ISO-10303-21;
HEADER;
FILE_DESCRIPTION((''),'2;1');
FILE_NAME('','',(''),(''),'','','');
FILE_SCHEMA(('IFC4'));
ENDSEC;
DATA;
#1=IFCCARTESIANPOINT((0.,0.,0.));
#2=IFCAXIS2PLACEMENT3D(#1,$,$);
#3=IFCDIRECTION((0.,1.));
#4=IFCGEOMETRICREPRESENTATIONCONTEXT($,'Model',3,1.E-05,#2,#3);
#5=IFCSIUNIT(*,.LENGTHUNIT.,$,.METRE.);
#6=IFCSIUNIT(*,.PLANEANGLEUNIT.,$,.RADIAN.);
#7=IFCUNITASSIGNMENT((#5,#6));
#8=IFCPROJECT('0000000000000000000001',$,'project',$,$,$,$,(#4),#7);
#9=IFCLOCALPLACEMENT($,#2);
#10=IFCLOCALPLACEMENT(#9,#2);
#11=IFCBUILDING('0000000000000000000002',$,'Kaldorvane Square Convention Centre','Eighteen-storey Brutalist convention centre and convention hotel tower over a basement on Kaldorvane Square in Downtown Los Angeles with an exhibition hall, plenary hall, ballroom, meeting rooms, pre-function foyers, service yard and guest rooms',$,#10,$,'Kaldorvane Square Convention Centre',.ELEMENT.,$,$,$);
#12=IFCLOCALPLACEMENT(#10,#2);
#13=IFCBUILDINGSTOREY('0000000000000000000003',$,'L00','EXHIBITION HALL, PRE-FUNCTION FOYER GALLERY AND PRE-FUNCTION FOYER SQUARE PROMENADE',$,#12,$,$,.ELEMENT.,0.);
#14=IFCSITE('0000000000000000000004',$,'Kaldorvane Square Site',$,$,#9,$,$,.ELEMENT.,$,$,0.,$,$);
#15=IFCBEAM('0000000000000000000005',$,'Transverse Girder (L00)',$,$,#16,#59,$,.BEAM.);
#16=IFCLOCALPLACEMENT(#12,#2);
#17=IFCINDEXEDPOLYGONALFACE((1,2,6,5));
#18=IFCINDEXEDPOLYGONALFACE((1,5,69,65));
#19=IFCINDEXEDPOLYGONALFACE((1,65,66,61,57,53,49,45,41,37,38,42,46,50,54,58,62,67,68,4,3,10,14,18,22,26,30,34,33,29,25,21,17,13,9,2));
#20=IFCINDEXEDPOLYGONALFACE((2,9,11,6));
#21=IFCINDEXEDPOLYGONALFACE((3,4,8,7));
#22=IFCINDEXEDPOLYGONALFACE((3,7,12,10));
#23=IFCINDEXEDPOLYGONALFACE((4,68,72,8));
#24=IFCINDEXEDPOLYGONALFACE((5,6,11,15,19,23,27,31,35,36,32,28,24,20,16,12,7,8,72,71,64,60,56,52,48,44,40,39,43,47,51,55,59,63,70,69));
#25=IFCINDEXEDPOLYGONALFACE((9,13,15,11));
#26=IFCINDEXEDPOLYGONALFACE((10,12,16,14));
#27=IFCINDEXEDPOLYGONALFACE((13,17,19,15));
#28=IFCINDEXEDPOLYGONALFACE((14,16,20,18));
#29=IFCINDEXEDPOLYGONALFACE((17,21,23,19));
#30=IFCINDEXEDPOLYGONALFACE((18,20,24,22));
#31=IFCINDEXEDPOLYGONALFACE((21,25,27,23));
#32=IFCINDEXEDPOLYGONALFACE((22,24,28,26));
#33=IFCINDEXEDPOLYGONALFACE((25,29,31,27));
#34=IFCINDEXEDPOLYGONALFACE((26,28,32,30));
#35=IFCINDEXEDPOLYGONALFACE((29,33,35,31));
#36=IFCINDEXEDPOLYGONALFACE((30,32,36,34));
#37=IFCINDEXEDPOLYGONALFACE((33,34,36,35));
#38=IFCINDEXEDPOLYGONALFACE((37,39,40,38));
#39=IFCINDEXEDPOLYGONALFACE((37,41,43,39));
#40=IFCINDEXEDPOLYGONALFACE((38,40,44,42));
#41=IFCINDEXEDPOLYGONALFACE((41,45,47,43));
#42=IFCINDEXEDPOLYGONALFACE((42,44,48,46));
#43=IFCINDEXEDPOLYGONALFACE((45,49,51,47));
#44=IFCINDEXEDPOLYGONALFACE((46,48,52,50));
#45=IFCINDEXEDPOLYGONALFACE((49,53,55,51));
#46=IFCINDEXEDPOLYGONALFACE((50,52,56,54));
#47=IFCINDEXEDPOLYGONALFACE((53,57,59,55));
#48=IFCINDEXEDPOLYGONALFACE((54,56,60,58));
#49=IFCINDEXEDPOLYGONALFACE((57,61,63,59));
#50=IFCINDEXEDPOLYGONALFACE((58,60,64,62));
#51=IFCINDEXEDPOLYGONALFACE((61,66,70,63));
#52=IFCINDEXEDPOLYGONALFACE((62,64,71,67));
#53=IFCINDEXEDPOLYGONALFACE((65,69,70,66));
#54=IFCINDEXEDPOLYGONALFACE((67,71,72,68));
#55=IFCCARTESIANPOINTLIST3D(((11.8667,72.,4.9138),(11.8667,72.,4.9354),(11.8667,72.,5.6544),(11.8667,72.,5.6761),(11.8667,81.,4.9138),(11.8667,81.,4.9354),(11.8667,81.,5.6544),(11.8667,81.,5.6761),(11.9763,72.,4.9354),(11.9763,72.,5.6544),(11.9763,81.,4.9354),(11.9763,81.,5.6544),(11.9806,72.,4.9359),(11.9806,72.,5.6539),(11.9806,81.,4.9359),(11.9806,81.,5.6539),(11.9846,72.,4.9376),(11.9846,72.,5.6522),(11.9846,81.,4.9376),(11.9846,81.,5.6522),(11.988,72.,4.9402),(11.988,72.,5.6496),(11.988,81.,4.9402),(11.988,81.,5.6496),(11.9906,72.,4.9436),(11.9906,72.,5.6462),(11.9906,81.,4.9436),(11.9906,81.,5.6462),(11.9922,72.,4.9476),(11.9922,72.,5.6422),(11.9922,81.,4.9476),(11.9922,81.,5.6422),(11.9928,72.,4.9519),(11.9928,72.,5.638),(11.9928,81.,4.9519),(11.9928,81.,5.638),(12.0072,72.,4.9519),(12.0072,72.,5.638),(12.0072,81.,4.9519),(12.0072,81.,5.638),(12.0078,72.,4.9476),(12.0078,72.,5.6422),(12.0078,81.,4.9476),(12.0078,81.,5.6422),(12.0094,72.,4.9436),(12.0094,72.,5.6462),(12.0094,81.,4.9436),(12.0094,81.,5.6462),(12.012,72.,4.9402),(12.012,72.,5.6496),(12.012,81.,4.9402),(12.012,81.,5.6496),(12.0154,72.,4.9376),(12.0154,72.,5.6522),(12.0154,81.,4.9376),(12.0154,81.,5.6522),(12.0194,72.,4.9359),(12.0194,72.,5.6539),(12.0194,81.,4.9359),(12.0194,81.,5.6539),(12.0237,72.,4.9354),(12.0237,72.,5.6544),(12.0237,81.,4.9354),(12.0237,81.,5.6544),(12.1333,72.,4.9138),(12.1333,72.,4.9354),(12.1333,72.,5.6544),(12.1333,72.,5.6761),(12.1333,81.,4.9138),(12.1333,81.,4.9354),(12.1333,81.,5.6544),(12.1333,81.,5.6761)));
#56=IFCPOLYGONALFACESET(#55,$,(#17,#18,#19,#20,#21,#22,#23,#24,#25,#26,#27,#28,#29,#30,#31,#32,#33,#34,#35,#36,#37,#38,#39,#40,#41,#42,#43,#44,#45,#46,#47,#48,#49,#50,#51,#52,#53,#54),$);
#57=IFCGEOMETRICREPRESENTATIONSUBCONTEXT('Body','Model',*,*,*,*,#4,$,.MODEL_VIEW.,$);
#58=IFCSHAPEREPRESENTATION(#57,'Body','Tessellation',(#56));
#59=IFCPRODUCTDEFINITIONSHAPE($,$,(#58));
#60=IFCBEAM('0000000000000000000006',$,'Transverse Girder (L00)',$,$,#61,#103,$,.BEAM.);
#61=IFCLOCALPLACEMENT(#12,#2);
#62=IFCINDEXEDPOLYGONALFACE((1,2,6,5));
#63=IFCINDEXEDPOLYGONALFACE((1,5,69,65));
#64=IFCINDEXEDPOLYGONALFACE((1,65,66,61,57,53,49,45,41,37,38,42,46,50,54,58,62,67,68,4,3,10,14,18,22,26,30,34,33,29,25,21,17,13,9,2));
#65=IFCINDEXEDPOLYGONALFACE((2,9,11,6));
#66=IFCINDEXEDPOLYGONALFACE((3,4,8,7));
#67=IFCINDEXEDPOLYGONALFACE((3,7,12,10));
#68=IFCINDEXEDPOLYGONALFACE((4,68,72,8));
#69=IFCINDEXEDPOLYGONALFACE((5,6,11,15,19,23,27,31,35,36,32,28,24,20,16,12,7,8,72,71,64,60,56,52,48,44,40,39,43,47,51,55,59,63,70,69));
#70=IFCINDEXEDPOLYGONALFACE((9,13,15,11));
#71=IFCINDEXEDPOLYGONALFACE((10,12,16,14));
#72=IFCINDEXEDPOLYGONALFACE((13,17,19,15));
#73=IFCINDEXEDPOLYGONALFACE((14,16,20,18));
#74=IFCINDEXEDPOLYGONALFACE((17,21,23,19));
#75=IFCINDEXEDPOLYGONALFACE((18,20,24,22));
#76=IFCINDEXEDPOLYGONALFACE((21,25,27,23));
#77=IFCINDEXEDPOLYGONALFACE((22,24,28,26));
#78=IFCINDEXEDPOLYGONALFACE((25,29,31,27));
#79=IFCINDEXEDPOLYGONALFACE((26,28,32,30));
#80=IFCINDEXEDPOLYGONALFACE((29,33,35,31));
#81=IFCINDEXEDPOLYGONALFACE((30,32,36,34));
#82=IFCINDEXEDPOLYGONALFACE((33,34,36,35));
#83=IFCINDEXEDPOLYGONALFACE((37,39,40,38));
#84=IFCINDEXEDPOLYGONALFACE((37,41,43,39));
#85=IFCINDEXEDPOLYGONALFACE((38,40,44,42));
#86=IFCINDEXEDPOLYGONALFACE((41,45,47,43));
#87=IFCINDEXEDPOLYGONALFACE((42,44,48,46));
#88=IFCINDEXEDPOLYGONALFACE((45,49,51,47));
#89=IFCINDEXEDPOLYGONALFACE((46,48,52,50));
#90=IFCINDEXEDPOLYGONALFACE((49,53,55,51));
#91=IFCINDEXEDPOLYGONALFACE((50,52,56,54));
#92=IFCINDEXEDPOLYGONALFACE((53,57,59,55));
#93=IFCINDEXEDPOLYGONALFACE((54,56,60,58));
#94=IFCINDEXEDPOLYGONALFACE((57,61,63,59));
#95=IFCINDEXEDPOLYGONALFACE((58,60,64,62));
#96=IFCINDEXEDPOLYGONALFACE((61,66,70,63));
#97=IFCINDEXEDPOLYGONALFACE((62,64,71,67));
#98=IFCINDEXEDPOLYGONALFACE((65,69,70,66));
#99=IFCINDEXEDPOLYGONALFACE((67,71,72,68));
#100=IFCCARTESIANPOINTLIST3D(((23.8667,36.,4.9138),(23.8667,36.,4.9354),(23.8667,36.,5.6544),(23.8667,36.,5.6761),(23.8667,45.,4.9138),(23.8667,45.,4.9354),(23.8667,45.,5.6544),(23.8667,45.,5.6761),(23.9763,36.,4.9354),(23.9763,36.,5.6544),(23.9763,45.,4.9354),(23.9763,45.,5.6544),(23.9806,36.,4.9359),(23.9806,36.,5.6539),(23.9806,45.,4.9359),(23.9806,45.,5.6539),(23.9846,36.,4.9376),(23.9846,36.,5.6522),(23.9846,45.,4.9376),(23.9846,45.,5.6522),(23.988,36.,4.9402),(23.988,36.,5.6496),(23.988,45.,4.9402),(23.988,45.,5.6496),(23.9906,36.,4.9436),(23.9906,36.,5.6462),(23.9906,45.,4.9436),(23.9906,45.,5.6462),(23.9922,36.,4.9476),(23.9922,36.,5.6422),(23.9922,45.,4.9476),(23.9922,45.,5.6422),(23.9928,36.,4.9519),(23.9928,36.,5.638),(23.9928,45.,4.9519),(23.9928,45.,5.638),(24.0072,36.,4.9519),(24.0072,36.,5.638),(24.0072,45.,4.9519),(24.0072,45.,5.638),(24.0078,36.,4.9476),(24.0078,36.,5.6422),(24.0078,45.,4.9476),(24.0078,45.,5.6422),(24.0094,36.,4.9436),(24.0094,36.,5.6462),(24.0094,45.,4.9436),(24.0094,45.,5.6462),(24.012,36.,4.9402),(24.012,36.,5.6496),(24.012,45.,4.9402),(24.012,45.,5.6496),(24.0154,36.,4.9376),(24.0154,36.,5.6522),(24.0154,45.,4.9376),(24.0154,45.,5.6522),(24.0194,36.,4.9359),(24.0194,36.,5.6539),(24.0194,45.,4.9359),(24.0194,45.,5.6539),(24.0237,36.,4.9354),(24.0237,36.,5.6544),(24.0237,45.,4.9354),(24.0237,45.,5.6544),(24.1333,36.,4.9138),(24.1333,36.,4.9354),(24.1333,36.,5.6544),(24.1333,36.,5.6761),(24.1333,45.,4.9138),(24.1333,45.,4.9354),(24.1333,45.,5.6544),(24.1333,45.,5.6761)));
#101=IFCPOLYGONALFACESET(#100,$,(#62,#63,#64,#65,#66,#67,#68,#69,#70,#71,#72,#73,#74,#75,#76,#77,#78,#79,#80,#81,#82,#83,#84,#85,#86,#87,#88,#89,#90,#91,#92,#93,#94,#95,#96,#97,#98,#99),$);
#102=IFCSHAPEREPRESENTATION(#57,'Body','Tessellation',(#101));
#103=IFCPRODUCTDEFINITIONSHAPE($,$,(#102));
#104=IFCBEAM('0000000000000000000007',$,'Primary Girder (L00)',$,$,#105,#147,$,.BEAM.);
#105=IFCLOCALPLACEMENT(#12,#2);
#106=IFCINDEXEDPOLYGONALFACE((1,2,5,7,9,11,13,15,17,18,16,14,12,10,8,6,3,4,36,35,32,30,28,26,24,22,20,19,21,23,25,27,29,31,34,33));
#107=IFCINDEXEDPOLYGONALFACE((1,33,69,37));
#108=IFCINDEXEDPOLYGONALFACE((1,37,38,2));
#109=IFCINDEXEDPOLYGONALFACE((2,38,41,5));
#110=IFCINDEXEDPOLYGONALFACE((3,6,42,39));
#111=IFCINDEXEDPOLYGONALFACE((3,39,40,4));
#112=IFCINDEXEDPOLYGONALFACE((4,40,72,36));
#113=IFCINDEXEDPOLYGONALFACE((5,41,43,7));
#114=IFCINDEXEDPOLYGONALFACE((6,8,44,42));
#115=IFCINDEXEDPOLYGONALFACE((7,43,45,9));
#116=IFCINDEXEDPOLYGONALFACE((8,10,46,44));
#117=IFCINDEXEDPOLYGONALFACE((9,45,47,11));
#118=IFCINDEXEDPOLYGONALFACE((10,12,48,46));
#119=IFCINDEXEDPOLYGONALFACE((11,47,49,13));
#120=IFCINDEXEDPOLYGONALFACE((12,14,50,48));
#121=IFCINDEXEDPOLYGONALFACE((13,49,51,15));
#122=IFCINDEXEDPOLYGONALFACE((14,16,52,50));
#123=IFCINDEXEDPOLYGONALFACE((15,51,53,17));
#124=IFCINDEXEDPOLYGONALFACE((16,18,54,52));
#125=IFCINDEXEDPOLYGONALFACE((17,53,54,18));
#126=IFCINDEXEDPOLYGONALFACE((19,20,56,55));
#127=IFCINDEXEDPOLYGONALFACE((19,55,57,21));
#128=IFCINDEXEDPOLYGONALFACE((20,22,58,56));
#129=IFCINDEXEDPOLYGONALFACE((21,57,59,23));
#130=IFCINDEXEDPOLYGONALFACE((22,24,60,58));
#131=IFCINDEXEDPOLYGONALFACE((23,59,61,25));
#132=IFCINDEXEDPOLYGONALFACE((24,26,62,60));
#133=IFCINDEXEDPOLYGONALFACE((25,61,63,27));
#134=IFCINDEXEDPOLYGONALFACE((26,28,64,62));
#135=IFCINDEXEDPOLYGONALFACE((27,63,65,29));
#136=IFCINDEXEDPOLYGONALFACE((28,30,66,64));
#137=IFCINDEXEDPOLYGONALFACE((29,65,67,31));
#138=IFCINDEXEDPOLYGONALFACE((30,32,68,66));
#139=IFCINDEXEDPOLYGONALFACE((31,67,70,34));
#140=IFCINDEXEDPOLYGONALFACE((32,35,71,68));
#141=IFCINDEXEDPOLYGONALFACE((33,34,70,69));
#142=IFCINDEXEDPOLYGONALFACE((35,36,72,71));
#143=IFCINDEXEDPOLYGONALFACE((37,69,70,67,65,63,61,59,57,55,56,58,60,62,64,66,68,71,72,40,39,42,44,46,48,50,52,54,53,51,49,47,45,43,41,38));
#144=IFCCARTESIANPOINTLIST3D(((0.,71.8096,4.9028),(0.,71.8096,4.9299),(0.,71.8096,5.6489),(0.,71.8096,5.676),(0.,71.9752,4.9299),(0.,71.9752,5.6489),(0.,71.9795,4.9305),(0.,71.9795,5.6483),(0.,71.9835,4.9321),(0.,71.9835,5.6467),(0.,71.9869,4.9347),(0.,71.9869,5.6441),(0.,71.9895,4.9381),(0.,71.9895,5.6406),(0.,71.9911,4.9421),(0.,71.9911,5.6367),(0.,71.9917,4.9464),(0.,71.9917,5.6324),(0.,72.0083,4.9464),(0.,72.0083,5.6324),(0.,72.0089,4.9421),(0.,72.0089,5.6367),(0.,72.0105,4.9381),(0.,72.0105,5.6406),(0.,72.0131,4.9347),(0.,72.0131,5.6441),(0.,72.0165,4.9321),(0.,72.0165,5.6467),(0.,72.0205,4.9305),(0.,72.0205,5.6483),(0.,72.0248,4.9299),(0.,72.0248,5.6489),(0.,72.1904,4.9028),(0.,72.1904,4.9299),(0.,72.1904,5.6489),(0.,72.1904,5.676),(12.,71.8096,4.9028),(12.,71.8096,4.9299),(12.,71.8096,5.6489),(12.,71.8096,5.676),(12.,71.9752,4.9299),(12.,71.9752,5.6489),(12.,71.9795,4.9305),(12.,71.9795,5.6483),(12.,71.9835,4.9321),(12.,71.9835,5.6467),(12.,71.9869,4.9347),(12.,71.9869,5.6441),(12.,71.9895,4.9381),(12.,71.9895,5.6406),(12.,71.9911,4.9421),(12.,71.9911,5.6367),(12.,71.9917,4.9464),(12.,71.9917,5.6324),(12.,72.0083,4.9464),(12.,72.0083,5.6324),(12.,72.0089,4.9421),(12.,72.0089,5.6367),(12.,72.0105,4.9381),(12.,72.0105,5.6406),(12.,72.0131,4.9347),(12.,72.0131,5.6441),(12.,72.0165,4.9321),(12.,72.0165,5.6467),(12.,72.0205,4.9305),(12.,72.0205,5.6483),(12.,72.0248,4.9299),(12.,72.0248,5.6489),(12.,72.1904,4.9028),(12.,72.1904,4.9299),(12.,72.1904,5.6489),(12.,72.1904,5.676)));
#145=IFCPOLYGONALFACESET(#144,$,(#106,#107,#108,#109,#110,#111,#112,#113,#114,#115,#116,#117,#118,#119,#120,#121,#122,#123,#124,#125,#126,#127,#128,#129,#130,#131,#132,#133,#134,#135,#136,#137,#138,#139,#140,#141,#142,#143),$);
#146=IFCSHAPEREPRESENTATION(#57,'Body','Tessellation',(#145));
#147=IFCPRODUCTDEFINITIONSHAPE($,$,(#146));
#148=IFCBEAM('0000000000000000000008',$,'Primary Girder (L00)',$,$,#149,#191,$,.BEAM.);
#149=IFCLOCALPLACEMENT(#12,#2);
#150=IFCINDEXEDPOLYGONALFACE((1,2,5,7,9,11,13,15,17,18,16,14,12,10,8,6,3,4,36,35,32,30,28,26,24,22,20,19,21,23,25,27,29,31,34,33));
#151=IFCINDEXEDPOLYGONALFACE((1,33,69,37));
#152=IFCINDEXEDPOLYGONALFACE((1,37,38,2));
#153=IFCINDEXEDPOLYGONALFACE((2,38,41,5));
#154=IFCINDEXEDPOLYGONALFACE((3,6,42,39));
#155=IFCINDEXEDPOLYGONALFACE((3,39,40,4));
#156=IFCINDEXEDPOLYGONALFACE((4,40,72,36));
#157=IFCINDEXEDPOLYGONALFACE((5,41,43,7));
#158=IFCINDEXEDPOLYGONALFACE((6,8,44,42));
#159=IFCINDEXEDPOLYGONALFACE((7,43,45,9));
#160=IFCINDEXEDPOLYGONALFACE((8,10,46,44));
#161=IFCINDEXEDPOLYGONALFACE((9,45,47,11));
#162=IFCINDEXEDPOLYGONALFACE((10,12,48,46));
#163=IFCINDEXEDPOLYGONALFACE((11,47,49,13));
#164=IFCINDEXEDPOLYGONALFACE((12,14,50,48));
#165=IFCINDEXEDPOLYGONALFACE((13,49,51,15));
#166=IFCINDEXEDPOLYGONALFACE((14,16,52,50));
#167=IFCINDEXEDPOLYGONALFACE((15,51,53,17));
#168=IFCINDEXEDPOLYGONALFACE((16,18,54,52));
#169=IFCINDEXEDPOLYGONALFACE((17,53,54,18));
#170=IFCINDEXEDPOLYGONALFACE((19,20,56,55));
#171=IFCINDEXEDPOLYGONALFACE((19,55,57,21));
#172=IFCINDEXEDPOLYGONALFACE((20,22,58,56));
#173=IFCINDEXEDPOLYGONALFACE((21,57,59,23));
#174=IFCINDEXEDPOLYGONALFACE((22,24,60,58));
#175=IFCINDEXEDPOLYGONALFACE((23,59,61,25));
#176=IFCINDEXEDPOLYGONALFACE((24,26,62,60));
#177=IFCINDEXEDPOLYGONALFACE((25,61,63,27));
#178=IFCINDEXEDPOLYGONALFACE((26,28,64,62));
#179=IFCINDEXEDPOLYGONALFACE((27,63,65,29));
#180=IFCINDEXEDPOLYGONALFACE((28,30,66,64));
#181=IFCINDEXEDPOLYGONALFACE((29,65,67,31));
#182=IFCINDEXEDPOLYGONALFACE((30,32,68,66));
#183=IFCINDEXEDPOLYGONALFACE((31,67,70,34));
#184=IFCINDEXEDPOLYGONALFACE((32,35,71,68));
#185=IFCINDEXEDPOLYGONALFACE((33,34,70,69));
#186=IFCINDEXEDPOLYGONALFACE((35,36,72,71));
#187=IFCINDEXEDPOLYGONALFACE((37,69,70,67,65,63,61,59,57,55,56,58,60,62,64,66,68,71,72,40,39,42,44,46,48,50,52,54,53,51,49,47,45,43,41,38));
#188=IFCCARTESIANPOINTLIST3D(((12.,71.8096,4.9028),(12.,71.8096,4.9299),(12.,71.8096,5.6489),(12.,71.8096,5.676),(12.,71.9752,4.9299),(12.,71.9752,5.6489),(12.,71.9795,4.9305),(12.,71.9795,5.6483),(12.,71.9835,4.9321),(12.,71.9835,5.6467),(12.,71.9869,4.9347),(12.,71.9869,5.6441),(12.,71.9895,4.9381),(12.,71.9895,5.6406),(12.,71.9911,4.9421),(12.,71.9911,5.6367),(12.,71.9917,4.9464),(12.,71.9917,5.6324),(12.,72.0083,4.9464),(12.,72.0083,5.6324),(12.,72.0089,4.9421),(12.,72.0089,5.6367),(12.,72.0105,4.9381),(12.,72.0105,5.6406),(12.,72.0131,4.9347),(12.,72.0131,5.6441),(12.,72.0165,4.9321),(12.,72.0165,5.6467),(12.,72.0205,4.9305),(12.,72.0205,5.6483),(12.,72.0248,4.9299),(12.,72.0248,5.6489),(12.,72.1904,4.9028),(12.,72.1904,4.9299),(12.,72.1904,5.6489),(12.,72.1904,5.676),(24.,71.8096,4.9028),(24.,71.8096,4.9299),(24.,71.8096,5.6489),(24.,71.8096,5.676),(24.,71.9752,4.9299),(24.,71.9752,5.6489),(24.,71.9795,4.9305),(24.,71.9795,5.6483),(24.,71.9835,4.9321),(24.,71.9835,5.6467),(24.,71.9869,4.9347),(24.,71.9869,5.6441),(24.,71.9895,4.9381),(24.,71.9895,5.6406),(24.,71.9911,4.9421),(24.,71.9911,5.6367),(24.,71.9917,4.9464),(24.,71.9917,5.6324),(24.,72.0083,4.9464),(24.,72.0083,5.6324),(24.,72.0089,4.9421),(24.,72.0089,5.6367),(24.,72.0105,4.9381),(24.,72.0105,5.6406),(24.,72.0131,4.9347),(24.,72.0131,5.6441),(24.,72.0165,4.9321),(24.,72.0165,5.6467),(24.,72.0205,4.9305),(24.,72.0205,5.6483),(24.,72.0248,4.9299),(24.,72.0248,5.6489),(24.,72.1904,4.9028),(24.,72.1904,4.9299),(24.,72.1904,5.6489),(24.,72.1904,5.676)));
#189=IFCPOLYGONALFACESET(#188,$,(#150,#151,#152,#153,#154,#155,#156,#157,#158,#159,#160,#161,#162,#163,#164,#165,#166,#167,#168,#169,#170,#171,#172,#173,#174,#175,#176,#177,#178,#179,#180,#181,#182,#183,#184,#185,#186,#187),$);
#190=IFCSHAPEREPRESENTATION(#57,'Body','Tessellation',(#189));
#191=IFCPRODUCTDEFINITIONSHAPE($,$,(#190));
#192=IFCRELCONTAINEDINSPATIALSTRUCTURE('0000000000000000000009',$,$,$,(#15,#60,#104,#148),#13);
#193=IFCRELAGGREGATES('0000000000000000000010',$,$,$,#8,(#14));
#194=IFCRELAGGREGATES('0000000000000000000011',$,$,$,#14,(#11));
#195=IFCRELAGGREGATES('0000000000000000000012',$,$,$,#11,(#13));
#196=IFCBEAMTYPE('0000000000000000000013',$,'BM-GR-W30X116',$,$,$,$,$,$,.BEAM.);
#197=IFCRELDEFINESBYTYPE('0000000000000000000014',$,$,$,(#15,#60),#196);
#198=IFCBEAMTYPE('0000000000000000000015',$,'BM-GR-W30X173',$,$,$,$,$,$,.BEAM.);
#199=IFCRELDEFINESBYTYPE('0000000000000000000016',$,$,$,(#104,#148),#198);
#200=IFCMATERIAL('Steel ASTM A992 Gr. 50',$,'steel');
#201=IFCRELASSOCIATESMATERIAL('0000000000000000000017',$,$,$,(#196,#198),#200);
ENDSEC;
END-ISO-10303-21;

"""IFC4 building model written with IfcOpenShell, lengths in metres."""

from ifc_helpers import new_model, si_unit, direction, frame, origin, origin_2d, place, context, subcontext, project, spatial, i_section, extrude, material, material_profile, profile_set, type_object, element, save


model = new_model("IFC4")

# Units and contexts
model_context = context("Model", 3, precision=1e-05, world=origin(), true_north=direction((0.0, 1.0)))
body_context = subcontext(model_context, "Body", "Model", "MODEL_VIEW")
ifc_project = project(units=[si_unit("LENGTHUNIT", "METRE"), si_unit("PLANEANGLEUNIT", "RADIAN")], contexts=[model_context])

# Site, building, storey
site_placement = place(None, origin())
site = spatial("IfcSite", under=ifc_project, at=site_placement, Name="Kaldorvane Square Site", CompositionType="ELEMENT", RefElevation=0.0)
building_placement = place(site_placement, origin())
building = spatial("IfcBuilding", under=site, at=building_placement, Name="Kaldorvane Square Convention Centre", Description="Eighteen-storey Brutalist convention centre and convention hotel tower over a basement on Kaldorvane Square in Downtown Los Angeles with an exhibition hall, plenary hall, ballroom, meeting rooms, pre-function foyers, service yard and guest rooms", LongName="Kaldorvane Square Convention Centre", CompositionType="ELEMENT")
storey_placement = place(building_placement, origin())
storey = spatial("IfcBuildingStorey", under=building, at=storey_placement, Name="L00", Description="EXHIBITION HALL, PRE-FUNCTION FOYER GALLERY AND PRE-FUNCTION FOYER SQUARE PROMENADE", CompositionType="ELEMENT", Elevation=0.0)

# Shared definitions
ifc_material_1 = material(Name="Steel ASTM A992 Gr. 50", Category="steel")

# Beams
ifc_material_profile_1 = material_profile(ifc_material_1, i_section(OverallWidth=0.2666, OverallDepth=0.7623, WebThickness=0.0144, FlangeThickness=0.0216, FilletRadius=0.0165, at=origin_2d()), Name="W30X116")
ifc_profile_set_1 = profile_set([ifc_material_profile_1], Name="Steel ASTM A992 Gr. 50")
beam_type_1 = type_object("IfcBeamType", Name="BM-GR-W30X116", PredefinedType="BEAM", material=ifc_profile_set_1)
for number, where, z_axis, x_axis, name in (
    (1, (12.0, 72.0, 5.2949), (0.0, 1.0, 0.0), (-1.0, 0.0, 0.0), "Transverse Girder (L00)"),
    (2, (24.0, 36.0, 5.2949), (0.0, 1.0, 0.0), (-1.0, 0.0, 0.0), "Transverse Girder (L00)"),
):
    element("IfcBeam", number, at=place(storey_placement, frame(where, z_axis=z_axis, x_axis=x_axis)), inside=storey, type_object=beam_type_1, Name=name, PredefinedType="BEAM", context=body_context, shape_type="SweptSolid", body=[
        extrude(i_section(OverallWidth=0.2666, OverallDepth=0.7623, WebThickness=0.0144, FlangeThickness=0.0216, FilletRadius=0.0165, at=origin_2d()), origin(), (0.0, 0.0, 1.0), 9.0),
    ])
ifc_material_profile_2 = material_profile(ifc_material_1, i_section(OverallWidth=0.3807, OverallDepth=0.7732, WebThickness=0.0166, FlangeThickness=0.0271, FilletRadius=0.0165, at=origin_2d()), Name="W30X173")
ifc_profile_set_2 = profile_set([ifc_material_profile_2], Name="Steel ASTM A992 Gr. 50")
beam_type_2 = type_object("IfcBeamType", Name="BM-GR-W30X173", PredefinedType="BEAM", material=ifc_profile_set_2)
for number, where, z_axis, x_axis, name in (
    (3, (0.0, 72.0, 5.2894), (1.0, 0.0, 0.0), (0.0, 1.0, 0.0), "Primary Girder (L00)"),
    (4, (12.0, 72.0, 5.2894), (1.0, 0.0, 0.0), (0.0, 1.0, 0.0), "Primary Girder (L00)"),
):
    element("IfcBeam", number, at=place(storey_placement, frame(where, z_axis=z_axis, x_axis=x_axis)), inside=storey, type_object=beam_type_2, Name=name, PredefinedType="BEAM", context=body_context, shape_type="SweptSolid", body=[
        extrude(i_section(OverallWidth=0.3807, OverallDepth=0.7732, WebThickness=0.0166, FlangeThickness=0.0271, FilletRadius=0.0165, at=origin_2d()), origin(), (0.0, 0.0, 1.0), 12.0),
    ])

save(model, "model.ifc")
